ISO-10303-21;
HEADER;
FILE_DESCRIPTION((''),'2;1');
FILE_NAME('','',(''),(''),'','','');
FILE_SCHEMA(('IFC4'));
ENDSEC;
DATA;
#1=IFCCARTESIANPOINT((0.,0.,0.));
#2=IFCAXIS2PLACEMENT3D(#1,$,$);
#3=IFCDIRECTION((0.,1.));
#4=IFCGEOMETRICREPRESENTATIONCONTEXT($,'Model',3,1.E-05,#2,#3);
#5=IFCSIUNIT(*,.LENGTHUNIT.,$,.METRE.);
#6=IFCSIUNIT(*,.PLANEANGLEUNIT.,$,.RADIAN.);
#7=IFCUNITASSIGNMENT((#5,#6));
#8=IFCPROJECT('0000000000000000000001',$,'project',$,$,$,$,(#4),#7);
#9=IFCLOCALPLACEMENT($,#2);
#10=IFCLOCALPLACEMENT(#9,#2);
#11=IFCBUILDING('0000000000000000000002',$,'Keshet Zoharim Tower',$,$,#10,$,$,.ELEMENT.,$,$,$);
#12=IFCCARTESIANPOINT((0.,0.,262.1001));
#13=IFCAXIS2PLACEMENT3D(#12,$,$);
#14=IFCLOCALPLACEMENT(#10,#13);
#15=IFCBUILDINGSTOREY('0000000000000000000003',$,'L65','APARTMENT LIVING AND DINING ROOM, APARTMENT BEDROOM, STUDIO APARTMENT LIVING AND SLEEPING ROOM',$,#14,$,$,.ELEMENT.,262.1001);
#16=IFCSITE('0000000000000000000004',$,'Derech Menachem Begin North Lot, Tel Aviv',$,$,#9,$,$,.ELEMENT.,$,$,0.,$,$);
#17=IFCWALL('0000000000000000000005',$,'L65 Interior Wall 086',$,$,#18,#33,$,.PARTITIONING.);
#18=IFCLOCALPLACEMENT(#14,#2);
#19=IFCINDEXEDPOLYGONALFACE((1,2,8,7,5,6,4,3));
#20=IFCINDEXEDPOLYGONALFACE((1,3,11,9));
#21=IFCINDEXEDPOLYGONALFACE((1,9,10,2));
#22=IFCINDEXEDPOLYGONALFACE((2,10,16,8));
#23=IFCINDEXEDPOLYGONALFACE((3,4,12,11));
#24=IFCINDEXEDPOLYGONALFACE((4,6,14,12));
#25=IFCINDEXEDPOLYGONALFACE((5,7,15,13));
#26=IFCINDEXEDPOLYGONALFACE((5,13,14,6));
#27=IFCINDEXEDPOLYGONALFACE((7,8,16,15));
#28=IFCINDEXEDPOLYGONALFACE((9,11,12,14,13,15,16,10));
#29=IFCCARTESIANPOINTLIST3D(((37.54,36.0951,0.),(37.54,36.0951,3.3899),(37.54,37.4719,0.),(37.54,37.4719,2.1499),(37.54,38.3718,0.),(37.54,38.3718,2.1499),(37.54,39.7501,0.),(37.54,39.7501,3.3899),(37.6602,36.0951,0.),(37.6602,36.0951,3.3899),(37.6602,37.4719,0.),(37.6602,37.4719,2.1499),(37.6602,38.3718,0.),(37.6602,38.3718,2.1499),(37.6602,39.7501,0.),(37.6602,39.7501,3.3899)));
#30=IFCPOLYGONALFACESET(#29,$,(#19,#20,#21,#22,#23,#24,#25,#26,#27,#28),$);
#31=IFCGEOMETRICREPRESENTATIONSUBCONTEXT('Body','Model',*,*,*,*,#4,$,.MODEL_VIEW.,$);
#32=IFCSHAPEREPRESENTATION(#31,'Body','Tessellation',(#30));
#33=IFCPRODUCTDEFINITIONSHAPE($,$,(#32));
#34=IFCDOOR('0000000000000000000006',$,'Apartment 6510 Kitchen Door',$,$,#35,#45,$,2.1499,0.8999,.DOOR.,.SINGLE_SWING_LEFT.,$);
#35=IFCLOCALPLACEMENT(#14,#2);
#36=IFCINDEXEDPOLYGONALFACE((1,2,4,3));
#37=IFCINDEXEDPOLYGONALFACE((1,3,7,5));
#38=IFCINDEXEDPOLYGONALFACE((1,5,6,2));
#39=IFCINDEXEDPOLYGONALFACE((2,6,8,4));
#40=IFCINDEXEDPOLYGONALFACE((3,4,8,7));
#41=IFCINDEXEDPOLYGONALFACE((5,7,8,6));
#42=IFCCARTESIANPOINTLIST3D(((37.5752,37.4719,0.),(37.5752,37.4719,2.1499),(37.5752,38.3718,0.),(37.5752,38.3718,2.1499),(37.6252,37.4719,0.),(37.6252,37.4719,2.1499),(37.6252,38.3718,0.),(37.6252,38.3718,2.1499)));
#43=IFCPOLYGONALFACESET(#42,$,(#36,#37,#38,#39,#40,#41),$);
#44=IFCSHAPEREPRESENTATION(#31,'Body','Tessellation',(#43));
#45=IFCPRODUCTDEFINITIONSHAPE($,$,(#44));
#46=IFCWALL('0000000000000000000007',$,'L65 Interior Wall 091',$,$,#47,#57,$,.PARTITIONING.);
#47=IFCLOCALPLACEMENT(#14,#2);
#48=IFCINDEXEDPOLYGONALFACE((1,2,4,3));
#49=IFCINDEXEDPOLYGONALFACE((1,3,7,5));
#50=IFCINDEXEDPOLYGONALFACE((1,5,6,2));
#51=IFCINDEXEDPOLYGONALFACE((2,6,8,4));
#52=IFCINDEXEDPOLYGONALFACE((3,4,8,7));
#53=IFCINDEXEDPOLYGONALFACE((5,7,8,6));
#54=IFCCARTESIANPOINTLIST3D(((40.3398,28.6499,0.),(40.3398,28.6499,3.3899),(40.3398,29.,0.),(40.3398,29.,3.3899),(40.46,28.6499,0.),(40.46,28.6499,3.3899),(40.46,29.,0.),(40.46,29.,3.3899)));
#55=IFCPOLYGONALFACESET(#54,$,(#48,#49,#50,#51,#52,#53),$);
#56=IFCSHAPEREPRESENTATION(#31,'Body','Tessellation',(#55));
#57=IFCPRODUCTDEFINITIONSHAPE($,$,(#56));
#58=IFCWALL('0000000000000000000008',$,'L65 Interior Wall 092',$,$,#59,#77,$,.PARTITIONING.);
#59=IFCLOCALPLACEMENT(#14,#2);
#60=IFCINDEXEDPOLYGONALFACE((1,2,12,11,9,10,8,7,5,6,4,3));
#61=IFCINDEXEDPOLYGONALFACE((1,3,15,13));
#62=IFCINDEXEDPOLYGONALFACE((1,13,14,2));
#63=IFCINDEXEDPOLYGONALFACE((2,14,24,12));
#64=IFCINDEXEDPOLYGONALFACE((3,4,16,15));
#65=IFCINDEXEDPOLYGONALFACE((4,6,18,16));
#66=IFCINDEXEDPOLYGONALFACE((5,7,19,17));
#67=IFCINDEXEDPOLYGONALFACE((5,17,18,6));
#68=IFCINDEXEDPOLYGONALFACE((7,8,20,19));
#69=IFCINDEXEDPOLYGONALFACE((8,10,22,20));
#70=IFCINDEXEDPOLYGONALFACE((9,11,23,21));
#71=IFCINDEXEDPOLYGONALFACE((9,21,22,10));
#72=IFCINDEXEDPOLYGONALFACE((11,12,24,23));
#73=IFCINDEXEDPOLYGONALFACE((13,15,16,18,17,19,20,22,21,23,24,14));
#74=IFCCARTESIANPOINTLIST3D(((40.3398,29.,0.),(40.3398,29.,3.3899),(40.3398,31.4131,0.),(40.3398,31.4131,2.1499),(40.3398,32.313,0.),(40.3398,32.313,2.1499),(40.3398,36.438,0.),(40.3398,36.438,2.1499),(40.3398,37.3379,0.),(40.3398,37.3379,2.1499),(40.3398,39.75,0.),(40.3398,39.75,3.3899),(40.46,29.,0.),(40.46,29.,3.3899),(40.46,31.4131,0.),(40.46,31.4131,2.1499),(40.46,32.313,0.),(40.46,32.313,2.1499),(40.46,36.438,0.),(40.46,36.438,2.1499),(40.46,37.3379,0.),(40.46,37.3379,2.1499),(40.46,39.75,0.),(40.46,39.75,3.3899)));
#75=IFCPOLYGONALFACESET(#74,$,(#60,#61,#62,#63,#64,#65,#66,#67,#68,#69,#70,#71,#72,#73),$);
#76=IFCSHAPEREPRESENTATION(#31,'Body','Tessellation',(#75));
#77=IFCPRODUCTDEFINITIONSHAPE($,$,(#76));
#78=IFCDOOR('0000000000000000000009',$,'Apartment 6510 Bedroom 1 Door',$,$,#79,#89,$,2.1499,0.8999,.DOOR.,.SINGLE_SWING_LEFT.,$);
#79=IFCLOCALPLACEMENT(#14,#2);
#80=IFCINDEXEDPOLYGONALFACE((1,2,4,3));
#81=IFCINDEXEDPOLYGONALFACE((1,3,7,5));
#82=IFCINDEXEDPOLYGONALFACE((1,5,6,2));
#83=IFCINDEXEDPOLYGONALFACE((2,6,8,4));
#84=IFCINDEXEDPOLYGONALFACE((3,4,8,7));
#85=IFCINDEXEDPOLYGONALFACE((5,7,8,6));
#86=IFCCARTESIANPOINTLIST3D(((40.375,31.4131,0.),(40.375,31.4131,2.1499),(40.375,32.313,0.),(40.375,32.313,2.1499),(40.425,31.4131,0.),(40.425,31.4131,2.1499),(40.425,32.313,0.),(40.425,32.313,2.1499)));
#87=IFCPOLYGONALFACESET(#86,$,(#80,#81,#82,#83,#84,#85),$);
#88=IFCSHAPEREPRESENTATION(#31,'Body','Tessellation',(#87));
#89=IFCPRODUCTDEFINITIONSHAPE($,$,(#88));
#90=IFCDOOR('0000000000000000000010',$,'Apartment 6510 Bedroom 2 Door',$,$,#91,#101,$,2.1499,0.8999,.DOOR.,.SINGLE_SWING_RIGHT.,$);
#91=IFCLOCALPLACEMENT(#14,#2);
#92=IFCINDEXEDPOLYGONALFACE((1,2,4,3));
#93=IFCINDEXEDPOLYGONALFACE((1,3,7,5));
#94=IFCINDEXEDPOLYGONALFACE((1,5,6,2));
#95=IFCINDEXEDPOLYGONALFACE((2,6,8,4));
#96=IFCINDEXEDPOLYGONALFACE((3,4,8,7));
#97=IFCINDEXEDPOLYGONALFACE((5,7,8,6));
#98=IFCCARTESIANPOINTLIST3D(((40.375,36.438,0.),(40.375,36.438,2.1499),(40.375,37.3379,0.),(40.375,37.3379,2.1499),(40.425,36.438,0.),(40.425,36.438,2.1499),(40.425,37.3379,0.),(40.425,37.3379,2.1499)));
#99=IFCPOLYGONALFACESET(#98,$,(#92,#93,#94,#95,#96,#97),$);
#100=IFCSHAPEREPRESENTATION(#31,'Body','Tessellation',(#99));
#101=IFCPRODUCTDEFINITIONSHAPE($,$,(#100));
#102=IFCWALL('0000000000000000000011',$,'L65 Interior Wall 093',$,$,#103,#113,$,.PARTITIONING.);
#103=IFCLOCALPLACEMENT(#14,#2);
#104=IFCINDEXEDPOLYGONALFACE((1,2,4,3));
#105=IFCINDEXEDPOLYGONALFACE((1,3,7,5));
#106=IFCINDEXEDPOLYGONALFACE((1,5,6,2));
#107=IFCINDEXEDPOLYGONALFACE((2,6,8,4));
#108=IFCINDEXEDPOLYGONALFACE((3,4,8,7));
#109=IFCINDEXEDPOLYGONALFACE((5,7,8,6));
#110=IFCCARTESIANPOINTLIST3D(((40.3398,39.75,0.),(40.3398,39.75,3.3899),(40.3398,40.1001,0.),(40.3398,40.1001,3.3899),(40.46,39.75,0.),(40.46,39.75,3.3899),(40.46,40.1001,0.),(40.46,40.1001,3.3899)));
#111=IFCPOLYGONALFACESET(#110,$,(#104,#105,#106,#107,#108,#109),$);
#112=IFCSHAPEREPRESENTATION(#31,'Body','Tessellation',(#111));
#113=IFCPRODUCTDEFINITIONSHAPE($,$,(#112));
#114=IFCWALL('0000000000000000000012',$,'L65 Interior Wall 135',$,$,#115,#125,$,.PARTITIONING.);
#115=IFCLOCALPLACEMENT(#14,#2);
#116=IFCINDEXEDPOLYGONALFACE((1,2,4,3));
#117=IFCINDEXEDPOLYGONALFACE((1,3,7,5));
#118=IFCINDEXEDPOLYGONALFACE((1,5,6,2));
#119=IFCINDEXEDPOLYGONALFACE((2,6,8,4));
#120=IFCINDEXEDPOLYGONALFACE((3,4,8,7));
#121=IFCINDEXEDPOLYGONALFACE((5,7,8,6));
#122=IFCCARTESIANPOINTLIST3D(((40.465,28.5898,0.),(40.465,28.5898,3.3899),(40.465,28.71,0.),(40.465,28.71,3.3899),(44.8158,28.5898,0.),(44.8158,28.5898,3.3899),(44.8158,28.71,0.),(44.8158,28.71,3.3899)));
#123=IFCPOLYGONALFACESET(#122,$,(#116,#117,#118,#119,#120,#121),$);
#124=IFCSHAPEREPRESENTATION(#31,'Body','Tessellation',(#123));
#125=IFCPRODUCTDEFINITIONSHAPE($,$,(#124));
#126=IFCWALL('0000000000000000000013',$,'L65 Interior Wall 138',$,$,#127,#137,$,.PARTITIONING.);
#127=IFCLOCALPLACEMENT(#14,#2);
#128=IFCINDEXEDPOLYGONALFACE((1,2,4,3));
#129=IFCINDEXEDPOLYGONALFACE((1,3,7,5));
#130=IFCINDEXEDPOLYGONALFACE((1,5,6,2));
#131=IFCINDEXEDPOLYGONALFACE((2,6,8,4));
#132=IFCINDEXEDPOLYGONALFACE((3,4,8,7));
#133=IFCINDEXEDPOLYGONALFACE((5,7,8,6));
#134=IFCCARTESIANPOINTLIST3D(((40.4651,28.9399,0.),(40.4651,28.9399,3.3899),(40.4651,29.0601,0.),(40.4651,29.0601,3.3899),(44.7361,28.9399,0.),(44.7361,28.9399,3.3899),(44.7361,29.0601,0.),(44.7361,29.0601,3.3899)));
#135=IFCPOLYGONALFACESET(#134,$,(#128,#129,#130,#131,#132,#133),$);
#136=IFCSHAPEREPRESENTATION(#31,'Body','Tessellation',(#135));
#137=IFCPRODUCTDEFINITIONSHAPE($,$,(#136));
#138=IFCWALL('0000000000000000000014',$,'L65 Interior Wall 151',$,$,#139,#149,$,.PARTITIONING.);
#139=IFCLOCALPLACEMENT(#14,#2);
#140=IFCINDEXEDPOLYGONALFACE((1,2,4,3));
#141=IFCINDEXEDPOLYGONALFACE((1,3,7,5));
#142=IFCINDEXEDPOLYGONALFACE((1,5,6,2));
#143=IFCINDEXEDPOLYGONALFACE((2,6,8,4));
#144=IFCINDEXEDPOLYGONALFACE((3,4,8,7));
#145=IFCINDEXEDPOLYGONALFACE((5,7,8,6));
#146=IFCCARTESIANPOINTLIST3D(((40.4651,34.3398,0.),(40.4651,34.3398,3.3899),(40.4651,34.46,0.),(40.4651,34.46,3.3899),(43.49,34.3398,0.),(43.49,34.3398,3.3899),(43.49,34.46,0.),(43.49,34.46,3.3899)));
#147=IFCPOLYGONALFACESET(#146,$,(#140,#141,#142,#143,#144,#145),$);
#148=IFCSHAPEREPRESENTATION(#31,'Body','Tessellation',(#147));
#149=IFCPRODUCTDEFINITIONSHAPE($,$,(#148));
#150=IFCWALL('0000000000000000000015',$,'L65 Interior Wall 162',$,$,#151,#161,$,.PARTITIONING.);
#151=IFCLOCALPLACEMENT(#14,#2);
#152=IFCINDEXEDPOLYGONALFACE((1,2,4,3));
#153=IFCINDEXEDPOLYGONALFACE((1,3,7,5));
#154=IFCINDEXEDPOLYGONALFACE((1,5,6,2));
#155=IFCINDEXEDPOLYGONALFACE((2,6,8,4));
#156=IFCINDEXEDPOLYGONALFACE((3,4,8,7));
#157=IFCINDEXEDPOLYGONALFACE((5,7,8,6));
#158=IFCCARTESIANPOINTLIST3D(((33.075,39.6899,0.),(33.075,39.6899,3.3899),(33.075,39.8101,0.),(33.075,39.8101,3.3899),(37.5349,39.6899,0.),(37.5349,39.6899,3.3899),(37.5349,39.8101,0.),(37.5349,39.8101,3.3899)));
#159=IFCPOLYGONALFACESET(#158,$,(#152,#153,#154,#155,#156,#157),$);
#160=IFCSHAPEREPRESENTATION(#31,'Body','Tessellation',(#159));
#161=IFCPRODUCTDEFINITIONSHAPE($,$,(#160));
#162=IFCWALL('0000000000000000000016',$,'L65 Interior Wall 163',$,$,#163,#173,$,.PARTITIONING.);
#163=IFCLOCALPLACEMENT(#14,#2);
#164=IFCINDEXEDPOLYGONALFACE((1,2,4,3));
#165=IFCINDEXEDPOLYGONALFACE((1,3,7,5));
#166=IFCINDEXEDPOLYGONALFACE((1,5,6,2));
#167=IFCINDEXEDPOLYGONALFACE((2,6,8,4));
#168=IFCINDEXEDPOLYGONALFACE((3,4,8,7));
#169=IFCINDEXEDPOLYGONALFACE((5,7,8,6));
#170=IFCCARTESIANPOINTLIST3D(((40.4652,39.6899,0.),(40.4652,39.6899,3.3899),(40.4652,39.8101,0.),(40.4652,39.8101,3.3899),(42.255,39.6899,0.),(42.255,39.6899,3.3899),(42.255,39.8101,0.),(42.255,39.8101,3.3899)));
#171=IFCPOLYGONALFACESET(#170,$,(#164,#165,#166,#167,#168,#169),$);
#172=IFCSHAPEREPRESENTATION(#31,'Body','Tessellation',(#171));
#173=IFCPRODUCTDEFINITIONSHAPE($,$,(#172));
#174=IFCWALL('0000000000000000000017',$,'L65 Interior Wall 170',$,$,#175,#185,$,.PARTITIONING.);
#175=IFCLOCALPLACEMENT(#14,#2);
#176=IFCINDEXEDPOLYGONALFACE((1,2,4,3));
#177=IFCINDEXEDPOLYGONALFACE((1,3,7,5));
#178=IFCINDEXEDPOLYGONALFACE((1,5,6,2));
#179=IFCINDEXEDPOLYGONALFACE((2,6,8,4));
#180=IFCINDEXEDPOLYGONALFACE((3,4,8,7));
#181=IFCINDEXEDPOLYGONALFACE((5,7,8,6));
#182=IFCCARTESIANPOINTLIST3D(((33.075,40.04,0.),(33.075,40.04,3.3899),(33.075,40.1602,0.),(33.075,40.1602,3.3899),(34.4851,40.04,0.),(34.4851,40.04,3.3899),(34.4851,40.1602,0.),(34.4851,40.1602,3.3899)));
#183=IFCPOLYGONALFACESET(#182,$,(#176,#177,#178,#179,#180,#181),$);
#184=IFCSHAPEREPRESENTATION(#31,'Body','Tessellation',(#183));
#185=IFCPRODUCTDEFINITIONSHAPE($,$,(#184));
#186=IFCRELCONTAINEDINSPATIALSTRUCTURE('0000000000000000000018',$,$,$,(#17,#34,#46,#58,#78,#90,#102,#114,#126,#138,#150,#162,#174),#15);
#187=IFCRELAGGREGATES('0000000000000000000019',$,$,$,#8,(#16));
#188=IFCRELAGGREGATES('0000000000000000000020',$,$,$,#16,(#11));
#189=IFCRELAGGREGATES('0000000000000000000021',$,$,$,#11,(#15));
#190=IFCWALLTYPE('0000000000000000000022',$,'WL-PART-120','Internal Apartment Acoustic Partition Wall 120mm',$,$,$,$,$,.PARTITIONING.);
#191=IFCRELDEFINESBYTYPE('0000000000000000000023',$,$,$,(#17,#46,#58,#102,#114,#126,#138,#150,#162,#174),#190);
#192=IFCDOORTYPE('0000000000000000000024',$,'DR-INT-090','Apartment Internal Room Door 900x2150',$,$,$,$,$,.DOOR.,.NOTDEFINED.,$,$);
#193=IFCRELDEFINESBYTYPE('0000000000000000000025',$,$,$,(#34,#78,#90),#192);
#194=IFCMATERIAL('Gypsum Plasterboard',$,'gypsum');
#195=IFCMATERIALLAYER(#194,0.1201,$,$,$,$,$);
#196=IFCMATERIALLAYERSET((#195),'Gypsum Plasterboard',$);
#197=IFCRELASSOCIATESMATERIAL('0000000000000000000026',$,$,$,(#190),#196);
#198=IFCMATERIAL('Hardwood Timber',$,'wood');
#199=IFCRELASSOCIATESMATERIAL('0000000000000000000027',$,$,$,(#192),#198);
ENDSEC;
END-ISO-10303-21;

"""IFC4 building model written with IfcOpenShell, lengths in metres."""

from ifc_helpers import new_model, si_unit, direction, frame, frame_2d, origin, place, context, subcontext, project, spatial, rectangle, extrude, material, layer, layer_set, type_object, element, fill, save


model = new_model("IFC4")

# Units and contexts
model_context = context("Model", 3, precision=1e-05, world=origin(), true_north=direction((0.0, 1.0)))
body_context = subcontext(model_context, "Body", "Model", "MODEL_VIEW")
ifc_project = project(units=[si_unit("LENGTHUNIT", "METRE"), si_unit("PLANEANGLEUNIT", "RADIAN")], contexts=[model_context])

# Site, building, storey
site_placement = place(None, origin())
site = spatial("IfcSite", under=ifc_project, at=site_placement, Name="Derech Menachem Begin North Lot, Tel Aviv", CompositionType="ELEMENT", RefElevation=0.0)
building_placement = place(site_placement, origin())
building = spatial("IfcBuilding", under=site, at=building_placement, Name="Keshet Zoharim Tower", CompositionType="ELEMENT")
storey_placement = place(building_placement, frame((0.0, 0.0, 262.1001)))
storey = spatial("IfcBuildingStorey", under=building, at=storey_placement, Name="L65", Description="APARTMENT LIVING AND DINING ROOM, APARTMENT BEDROOM, STUDIO APARTMENT LIVING AND SLEEPING ROOM", CompositionType="ELEMENT", Elevation=262.1001)

# Shared definitions
ifc_material_1 = material(Name="Hardwood Timber", Category="wood")

# Shared definitions
ifc_material_2 = material(Name="Gypsum Plasterboard", Category="gypsum")
ifc_layer_1 = layer(ifc_material_2, 0.1201)
ifc_layer_set_1 = layer_set([ifc_layer_1], Name="Gypsum Plasterboard")
wall_type_1 = type_object("IfcWallType", Name="WL-PART-120", Description="Internal Apartment Acoustic Partition Wall 120mm", PredefinedType="PARTITIONING", material=ifc_layer_set_1)

# Wall, opening, door
wall_1_placement = place(storey_placement, frame((37.6001, 36.095, 0.0), z_axis=(0.0, 0.0, 1.0), x_axis=(0.0, 1.0, 0.0)))
wall_1 = element("IfcWall", 1, at=wall_1_placement, inside=storey, type_object=wall_type_1, Name="L65 Interior Wall 086", PredefinedType="PARTITIONING", context=body_context, shape_type="SweptSolid", body=[
    extrude(rectangle(XDim=3.655, YDim=0.1201, at=frame_2d((1.8276, 0.0))), origin(), (0.0, 0.0, 1.0), 3.3899),
])
opening_1_placement = place(wall_1_placement, frame((1.377, 0.0, 0.0)))
opening_1 = element("IfcOpeningElement", 2, at=opening_1_placement, cuts=wall_1, PredefinedType="OPENING", context=body_context, shape_type="SweptSolid", body=[
    extrude(rectangle(XDim=0.8999, YDim=2.1499, at=frame_2d((0.45, 1.075))), frame((0.0, 0.0701, 0.0), z_axis=(0.0, -1.0, 0.0), x_axis=(1.0, 0.0, 0.0)), (0.0, 0.0, 1.0), 0.1401),
])
door_type_1 = type_object("IfcDoorType", Name="DR-INT-090", Description="Apartment Internal Room Door 900x2150", OperationType="NOTDEFINED", PredefinedType="DOOR", material=ifc_material_1)
door_1_placement = place(opening_1_placement, origin())
door_1 = element("IfcDoor", 3, at=door_1_placement, inside=storey, type_object=door_type_1, Name="Apartment 6510 Kitchen Door", OperationType="SINGLE_SWING_LEFT", OverallHeight=2.1499, OverallWidth=0.8999, PredefinedType="DOOR", context=body_context, shape_type="SweptSolid", body=[
    extrude(rectangle(XDim=0.8999, YDim=2.1499, at=frame_2d((0.45, 1.075))), frame((0.0, 0.0249, 0.0), z_axis=(0.0, -1.0, 0.0), x_axis=(1.0, 0.0, 0.0)), (0.0, 0.0, 1.0), 0.05),
])
fill(opening_1, door_1)

# Wall
wall_2_placement = place(storey_placement, frame((40.3999, 28.6499, 0.0), z_axis=(0.0, 0.0, 1.0), x_axis=(0.0, 1.0, 0.0)))
element("IfcWall", 4, at=wall_2_placement, inside=storey, type_object=wall_type_1, Name="L65 Interior Wall 091", PredefinedType="PARTITIONING", context=body_context, shape_type="SweptSolid", body=[
    extrude(rectangle(XDim=0.3501, YDim=0.1201, at=frame_2d((0.175, 0.0))), origin(), (0.0, 0.0, 1.0), 3.3899),
])

# Wall, openings, doors
wall_3_placement = place(storey_placement, frame((40.3999, 29.0, 0.0), z_axis=(0.0, 0.0, 1.0), x_axis=(0.0, 1.0, 0.0)))
wall_3 = element("IfcWall", 5, at=wall_3_placement, inside=storey, type_object=wall_type_1, Name="L65 Interior Wall 092", PredefinedType="PARTITIONING", context=body_context, shape_type="SweptSolid", body=[
    extrude(rectangle(XDim=10.75, YDim=0.1201, at=frame_2d((5.375, 0.0))), origin(), (0.0, 0.0, 1.0), 3.3899),
])
opening_2_placement = place(wall_3_placement, frame((2.4131, 0.0, 0.0)))
opening_2 = element("IfcOpeningElement", 6, at=opening_2_placement, cuts=wall_3, PredefinedType="OPENING", context=body_context, shape_type="SweptSolid", body=[
    extrude(rectangle(XDim=0.8999, YDim=2.1499, at=frame_2d((0.45, 1.075))), frame((0.0, 0.0701, 0.0), z_axis=(0.0, -1.0, 0.0), x_axis=(1.0, 0.0, 0.0)), (0.0, 0.0, 1.0), 0.1401),
])
opening_3_placement = place(wall_3_placement, frame((7.438, 0.0, 0.0)))
opening_3 = element("IfcOpeningElement", 7, at=opening_3_placement, cuts=wall_3, PredefinedType="OPENING", context=body_context, shape_type="SweptSolid", body=[
    extrude(rectangle(XDim=0.8999, YDim=2.1499, at=frame_2d((0.45, 1.075))), frame((0.0, 0.0701, 0.0), z_axis=(0.0, -1.0, 0.0), x_axis=(1.0, 0.0, 0.0)), (0.0, 0.0, 1.0), 0.1401),
])
door_2_placement = place(opening_2_placement, origin())
door_2 = element("IfcDoor", 8, at=door_2_placement, inside=storey, type_object=door_type_1, Name="Apartment 6510 Bedroom 1 Door", OperationType="SINGLE_SWING_LEFT", OverallHeight=2.1499, OverallWidth=0.8999, PredefinedType="DOOR", context=body_context, shape_type="SweptSolid", body=[
    extrude(rectangle(XDim=0.8999, YDim=2.1499, at=frame_2d((0.45, 1.075))), frame((0.0, 0.0249, 0.0), z_axis=(0.0, -1.0, 0.0), x_axis=(1.0, 0.0, 0.0)), (0.0, 0.0, 1.0), 0.05),
])
fill(opening_2, door_2)
door_3_placement = place(opening_3_placement, origin())
door_3 = element("IfcDoor", 9, at=door_3_placement, inside=storey, type_object=door_type_1, Name="Apartment 6510 Bedroom 2 Door", OperationType="SINGLE_SWING_RIGHT", OverallHeight=2.1499, OverallWidth=0.8999, PredefinedType="DOOR", context=body_context, shape_type="SweptSolid", body=[
    extrude(rectangle(XDim=0.8999, YDim=2.1499, at=frame_2d((0.45, 1.075))), frame((0.0, 0.0249, 0.0), z_axis=(0.0, -1.0, 0.0), x_axis=(1.0, 0.0, 0.0)), (0.0, 0.0, 1.0), 0.05),
])
fill(opening_3, door_3)

# Walls
wall_4_placement = place(storey_placement, frame((40.3999, 39.75, 0.0), z_axis=(0.0, 0.0, 1.0), x_axis=(0.0, 1.0, 0.0)))
element("IfcWall", 10, at=wall_4_placement, inside=storey, type_object=wall_type_1, Name="L65 Interior Wall 093", PredefinedType="PARTITIONING", context=body_context, shape_type="SweptSolid", body=[
    extrude(rectangle(XDim=0.3501, YDim=0.1201, at=frame_2d((0.175, 0.0))), origin(), (0.0, 0.0, 1.0), 3.3899),
])
wall_5_placement = place(storey_placement, frame((40.4651, 28.6499, 0.0), z_axis=(0.0, 0.0, 1.0), x_axis=(1.0, 0.0, 0.0)))
element("IfcWall", 11, at=wall_5_placement, inside=storey, type_object=wall_type_1, Name="L65 Interior Wall 135", PredefinedType="PARTITIONING", context=body_context, shape_type="SweptSolid", body=[
    extrude(rectangle(XDim=4.3508, YDim=0.1201, at=frame_2d((2.1753, 0.0))), origin(), (0.0, 0.0, 1.0), 3.3899),
])
wall_6_placement = place(storey_placement, frame((40.4651, 29.0, 0.0), z_axis=(0.0, 0.0, 1.0), x_axis=(1.0, 0.0, 0.0)))
element("IfcWall", 12, at=wall_6_placement, inside=storey, type_object=wall_type_1, Name="L65 Interior Wall 138", PredefinedType="PARTITIONING", context=body_context, shape_type="SweptSolid", body=[
    extrude(rectangle(XDim=4.271, YDim=0.1201, at=frame_2d((2.1355, 0.0))), origin(), (0.0, 0.0, 1.0), 3.3899),
])
wall_7_placement = place(storey_placement, frame((40.4651, 34.3999, 0.0), z_axis=(0.0, 0.0, 1.0), x_axis=(1.0, 0.0, 0.0)))
element("IfcWall", 13, at=wall_7_placement, inside=storey, type_object=wall_type_1, Name="L65 Interior Wall 151", PredefinedType="PARTITIONING", context=body_context, shape_type="SweptSolid", body=[
    extrude(rectangle(XDim=3.0249, YDim=0.1201, at=frame_2d((1.5125, 0.0))), origin(), (0.0, 0.0, 1.0), 3.3899),
])
wall_8_placement = place(storey_placement, frame((33.075, 39.75, 0.0), z_axis=(0.0, 0.0, 1.0), x_axis=(1.0, 0.0, 0.0)))
element("IfcWall", 14, at=wall_8_placement, inside=storey, type_object=wall_type_1, Name="L65 Interior Wall 162", PredefinedType="PARTITIONING", context=body_context, shape_type="SweptSolid", body=[
    extrude(rectangle(XDim=4.46, YDim=0.1201, at=frame_2d((2.23, 0.0))), origin(), (0.0, 0.0, 1.0), 3.3899),
])
wall_9_placement = place(storey_placement, frame((40.4651, 39.75, 0.0), z_axis=(0.0, 0.0, 1.0), x_axis=(1.0, 0.0, 0.0)))
element("IfcWall", 15, at=wall_9_placement, inside=storey, type_object=wall_type_1, Name="L65 Interior Wall 163", PredefinedType="PARTITIONING", context=body_context, shape_type="SweptSolid", body=[
    extrude(rectangle(XDim=1.7898, YDim=0.1201, at=frame_2d((0.895, 0.0))), origin(), (0.0, 0.0, 1.0), 3.3899),
])
wall_10_placement = place(storey_placement, frame((33.075, 40.1001, 0.0), z_axis=(0.0, 0.0, 1.0), x_axis=(1.0, 0.0, 0.0)))
element("IfcWall", 16, at=wall_10_placement, inside=storey, type_object=wall_type_1, Name="L65 Interior Wall 170", PredefinedType="PARTITIONING", context=body_context, shape_type="SweptSolid", body=[
    extrude(rectangle(XDim=1.4102, YDim=0.1201, at=frame_2d((0.7051, 0.0))), origin(), (0.0, 0.0, 1.0), 3.3899),
])

save(model, "model.ifc")
